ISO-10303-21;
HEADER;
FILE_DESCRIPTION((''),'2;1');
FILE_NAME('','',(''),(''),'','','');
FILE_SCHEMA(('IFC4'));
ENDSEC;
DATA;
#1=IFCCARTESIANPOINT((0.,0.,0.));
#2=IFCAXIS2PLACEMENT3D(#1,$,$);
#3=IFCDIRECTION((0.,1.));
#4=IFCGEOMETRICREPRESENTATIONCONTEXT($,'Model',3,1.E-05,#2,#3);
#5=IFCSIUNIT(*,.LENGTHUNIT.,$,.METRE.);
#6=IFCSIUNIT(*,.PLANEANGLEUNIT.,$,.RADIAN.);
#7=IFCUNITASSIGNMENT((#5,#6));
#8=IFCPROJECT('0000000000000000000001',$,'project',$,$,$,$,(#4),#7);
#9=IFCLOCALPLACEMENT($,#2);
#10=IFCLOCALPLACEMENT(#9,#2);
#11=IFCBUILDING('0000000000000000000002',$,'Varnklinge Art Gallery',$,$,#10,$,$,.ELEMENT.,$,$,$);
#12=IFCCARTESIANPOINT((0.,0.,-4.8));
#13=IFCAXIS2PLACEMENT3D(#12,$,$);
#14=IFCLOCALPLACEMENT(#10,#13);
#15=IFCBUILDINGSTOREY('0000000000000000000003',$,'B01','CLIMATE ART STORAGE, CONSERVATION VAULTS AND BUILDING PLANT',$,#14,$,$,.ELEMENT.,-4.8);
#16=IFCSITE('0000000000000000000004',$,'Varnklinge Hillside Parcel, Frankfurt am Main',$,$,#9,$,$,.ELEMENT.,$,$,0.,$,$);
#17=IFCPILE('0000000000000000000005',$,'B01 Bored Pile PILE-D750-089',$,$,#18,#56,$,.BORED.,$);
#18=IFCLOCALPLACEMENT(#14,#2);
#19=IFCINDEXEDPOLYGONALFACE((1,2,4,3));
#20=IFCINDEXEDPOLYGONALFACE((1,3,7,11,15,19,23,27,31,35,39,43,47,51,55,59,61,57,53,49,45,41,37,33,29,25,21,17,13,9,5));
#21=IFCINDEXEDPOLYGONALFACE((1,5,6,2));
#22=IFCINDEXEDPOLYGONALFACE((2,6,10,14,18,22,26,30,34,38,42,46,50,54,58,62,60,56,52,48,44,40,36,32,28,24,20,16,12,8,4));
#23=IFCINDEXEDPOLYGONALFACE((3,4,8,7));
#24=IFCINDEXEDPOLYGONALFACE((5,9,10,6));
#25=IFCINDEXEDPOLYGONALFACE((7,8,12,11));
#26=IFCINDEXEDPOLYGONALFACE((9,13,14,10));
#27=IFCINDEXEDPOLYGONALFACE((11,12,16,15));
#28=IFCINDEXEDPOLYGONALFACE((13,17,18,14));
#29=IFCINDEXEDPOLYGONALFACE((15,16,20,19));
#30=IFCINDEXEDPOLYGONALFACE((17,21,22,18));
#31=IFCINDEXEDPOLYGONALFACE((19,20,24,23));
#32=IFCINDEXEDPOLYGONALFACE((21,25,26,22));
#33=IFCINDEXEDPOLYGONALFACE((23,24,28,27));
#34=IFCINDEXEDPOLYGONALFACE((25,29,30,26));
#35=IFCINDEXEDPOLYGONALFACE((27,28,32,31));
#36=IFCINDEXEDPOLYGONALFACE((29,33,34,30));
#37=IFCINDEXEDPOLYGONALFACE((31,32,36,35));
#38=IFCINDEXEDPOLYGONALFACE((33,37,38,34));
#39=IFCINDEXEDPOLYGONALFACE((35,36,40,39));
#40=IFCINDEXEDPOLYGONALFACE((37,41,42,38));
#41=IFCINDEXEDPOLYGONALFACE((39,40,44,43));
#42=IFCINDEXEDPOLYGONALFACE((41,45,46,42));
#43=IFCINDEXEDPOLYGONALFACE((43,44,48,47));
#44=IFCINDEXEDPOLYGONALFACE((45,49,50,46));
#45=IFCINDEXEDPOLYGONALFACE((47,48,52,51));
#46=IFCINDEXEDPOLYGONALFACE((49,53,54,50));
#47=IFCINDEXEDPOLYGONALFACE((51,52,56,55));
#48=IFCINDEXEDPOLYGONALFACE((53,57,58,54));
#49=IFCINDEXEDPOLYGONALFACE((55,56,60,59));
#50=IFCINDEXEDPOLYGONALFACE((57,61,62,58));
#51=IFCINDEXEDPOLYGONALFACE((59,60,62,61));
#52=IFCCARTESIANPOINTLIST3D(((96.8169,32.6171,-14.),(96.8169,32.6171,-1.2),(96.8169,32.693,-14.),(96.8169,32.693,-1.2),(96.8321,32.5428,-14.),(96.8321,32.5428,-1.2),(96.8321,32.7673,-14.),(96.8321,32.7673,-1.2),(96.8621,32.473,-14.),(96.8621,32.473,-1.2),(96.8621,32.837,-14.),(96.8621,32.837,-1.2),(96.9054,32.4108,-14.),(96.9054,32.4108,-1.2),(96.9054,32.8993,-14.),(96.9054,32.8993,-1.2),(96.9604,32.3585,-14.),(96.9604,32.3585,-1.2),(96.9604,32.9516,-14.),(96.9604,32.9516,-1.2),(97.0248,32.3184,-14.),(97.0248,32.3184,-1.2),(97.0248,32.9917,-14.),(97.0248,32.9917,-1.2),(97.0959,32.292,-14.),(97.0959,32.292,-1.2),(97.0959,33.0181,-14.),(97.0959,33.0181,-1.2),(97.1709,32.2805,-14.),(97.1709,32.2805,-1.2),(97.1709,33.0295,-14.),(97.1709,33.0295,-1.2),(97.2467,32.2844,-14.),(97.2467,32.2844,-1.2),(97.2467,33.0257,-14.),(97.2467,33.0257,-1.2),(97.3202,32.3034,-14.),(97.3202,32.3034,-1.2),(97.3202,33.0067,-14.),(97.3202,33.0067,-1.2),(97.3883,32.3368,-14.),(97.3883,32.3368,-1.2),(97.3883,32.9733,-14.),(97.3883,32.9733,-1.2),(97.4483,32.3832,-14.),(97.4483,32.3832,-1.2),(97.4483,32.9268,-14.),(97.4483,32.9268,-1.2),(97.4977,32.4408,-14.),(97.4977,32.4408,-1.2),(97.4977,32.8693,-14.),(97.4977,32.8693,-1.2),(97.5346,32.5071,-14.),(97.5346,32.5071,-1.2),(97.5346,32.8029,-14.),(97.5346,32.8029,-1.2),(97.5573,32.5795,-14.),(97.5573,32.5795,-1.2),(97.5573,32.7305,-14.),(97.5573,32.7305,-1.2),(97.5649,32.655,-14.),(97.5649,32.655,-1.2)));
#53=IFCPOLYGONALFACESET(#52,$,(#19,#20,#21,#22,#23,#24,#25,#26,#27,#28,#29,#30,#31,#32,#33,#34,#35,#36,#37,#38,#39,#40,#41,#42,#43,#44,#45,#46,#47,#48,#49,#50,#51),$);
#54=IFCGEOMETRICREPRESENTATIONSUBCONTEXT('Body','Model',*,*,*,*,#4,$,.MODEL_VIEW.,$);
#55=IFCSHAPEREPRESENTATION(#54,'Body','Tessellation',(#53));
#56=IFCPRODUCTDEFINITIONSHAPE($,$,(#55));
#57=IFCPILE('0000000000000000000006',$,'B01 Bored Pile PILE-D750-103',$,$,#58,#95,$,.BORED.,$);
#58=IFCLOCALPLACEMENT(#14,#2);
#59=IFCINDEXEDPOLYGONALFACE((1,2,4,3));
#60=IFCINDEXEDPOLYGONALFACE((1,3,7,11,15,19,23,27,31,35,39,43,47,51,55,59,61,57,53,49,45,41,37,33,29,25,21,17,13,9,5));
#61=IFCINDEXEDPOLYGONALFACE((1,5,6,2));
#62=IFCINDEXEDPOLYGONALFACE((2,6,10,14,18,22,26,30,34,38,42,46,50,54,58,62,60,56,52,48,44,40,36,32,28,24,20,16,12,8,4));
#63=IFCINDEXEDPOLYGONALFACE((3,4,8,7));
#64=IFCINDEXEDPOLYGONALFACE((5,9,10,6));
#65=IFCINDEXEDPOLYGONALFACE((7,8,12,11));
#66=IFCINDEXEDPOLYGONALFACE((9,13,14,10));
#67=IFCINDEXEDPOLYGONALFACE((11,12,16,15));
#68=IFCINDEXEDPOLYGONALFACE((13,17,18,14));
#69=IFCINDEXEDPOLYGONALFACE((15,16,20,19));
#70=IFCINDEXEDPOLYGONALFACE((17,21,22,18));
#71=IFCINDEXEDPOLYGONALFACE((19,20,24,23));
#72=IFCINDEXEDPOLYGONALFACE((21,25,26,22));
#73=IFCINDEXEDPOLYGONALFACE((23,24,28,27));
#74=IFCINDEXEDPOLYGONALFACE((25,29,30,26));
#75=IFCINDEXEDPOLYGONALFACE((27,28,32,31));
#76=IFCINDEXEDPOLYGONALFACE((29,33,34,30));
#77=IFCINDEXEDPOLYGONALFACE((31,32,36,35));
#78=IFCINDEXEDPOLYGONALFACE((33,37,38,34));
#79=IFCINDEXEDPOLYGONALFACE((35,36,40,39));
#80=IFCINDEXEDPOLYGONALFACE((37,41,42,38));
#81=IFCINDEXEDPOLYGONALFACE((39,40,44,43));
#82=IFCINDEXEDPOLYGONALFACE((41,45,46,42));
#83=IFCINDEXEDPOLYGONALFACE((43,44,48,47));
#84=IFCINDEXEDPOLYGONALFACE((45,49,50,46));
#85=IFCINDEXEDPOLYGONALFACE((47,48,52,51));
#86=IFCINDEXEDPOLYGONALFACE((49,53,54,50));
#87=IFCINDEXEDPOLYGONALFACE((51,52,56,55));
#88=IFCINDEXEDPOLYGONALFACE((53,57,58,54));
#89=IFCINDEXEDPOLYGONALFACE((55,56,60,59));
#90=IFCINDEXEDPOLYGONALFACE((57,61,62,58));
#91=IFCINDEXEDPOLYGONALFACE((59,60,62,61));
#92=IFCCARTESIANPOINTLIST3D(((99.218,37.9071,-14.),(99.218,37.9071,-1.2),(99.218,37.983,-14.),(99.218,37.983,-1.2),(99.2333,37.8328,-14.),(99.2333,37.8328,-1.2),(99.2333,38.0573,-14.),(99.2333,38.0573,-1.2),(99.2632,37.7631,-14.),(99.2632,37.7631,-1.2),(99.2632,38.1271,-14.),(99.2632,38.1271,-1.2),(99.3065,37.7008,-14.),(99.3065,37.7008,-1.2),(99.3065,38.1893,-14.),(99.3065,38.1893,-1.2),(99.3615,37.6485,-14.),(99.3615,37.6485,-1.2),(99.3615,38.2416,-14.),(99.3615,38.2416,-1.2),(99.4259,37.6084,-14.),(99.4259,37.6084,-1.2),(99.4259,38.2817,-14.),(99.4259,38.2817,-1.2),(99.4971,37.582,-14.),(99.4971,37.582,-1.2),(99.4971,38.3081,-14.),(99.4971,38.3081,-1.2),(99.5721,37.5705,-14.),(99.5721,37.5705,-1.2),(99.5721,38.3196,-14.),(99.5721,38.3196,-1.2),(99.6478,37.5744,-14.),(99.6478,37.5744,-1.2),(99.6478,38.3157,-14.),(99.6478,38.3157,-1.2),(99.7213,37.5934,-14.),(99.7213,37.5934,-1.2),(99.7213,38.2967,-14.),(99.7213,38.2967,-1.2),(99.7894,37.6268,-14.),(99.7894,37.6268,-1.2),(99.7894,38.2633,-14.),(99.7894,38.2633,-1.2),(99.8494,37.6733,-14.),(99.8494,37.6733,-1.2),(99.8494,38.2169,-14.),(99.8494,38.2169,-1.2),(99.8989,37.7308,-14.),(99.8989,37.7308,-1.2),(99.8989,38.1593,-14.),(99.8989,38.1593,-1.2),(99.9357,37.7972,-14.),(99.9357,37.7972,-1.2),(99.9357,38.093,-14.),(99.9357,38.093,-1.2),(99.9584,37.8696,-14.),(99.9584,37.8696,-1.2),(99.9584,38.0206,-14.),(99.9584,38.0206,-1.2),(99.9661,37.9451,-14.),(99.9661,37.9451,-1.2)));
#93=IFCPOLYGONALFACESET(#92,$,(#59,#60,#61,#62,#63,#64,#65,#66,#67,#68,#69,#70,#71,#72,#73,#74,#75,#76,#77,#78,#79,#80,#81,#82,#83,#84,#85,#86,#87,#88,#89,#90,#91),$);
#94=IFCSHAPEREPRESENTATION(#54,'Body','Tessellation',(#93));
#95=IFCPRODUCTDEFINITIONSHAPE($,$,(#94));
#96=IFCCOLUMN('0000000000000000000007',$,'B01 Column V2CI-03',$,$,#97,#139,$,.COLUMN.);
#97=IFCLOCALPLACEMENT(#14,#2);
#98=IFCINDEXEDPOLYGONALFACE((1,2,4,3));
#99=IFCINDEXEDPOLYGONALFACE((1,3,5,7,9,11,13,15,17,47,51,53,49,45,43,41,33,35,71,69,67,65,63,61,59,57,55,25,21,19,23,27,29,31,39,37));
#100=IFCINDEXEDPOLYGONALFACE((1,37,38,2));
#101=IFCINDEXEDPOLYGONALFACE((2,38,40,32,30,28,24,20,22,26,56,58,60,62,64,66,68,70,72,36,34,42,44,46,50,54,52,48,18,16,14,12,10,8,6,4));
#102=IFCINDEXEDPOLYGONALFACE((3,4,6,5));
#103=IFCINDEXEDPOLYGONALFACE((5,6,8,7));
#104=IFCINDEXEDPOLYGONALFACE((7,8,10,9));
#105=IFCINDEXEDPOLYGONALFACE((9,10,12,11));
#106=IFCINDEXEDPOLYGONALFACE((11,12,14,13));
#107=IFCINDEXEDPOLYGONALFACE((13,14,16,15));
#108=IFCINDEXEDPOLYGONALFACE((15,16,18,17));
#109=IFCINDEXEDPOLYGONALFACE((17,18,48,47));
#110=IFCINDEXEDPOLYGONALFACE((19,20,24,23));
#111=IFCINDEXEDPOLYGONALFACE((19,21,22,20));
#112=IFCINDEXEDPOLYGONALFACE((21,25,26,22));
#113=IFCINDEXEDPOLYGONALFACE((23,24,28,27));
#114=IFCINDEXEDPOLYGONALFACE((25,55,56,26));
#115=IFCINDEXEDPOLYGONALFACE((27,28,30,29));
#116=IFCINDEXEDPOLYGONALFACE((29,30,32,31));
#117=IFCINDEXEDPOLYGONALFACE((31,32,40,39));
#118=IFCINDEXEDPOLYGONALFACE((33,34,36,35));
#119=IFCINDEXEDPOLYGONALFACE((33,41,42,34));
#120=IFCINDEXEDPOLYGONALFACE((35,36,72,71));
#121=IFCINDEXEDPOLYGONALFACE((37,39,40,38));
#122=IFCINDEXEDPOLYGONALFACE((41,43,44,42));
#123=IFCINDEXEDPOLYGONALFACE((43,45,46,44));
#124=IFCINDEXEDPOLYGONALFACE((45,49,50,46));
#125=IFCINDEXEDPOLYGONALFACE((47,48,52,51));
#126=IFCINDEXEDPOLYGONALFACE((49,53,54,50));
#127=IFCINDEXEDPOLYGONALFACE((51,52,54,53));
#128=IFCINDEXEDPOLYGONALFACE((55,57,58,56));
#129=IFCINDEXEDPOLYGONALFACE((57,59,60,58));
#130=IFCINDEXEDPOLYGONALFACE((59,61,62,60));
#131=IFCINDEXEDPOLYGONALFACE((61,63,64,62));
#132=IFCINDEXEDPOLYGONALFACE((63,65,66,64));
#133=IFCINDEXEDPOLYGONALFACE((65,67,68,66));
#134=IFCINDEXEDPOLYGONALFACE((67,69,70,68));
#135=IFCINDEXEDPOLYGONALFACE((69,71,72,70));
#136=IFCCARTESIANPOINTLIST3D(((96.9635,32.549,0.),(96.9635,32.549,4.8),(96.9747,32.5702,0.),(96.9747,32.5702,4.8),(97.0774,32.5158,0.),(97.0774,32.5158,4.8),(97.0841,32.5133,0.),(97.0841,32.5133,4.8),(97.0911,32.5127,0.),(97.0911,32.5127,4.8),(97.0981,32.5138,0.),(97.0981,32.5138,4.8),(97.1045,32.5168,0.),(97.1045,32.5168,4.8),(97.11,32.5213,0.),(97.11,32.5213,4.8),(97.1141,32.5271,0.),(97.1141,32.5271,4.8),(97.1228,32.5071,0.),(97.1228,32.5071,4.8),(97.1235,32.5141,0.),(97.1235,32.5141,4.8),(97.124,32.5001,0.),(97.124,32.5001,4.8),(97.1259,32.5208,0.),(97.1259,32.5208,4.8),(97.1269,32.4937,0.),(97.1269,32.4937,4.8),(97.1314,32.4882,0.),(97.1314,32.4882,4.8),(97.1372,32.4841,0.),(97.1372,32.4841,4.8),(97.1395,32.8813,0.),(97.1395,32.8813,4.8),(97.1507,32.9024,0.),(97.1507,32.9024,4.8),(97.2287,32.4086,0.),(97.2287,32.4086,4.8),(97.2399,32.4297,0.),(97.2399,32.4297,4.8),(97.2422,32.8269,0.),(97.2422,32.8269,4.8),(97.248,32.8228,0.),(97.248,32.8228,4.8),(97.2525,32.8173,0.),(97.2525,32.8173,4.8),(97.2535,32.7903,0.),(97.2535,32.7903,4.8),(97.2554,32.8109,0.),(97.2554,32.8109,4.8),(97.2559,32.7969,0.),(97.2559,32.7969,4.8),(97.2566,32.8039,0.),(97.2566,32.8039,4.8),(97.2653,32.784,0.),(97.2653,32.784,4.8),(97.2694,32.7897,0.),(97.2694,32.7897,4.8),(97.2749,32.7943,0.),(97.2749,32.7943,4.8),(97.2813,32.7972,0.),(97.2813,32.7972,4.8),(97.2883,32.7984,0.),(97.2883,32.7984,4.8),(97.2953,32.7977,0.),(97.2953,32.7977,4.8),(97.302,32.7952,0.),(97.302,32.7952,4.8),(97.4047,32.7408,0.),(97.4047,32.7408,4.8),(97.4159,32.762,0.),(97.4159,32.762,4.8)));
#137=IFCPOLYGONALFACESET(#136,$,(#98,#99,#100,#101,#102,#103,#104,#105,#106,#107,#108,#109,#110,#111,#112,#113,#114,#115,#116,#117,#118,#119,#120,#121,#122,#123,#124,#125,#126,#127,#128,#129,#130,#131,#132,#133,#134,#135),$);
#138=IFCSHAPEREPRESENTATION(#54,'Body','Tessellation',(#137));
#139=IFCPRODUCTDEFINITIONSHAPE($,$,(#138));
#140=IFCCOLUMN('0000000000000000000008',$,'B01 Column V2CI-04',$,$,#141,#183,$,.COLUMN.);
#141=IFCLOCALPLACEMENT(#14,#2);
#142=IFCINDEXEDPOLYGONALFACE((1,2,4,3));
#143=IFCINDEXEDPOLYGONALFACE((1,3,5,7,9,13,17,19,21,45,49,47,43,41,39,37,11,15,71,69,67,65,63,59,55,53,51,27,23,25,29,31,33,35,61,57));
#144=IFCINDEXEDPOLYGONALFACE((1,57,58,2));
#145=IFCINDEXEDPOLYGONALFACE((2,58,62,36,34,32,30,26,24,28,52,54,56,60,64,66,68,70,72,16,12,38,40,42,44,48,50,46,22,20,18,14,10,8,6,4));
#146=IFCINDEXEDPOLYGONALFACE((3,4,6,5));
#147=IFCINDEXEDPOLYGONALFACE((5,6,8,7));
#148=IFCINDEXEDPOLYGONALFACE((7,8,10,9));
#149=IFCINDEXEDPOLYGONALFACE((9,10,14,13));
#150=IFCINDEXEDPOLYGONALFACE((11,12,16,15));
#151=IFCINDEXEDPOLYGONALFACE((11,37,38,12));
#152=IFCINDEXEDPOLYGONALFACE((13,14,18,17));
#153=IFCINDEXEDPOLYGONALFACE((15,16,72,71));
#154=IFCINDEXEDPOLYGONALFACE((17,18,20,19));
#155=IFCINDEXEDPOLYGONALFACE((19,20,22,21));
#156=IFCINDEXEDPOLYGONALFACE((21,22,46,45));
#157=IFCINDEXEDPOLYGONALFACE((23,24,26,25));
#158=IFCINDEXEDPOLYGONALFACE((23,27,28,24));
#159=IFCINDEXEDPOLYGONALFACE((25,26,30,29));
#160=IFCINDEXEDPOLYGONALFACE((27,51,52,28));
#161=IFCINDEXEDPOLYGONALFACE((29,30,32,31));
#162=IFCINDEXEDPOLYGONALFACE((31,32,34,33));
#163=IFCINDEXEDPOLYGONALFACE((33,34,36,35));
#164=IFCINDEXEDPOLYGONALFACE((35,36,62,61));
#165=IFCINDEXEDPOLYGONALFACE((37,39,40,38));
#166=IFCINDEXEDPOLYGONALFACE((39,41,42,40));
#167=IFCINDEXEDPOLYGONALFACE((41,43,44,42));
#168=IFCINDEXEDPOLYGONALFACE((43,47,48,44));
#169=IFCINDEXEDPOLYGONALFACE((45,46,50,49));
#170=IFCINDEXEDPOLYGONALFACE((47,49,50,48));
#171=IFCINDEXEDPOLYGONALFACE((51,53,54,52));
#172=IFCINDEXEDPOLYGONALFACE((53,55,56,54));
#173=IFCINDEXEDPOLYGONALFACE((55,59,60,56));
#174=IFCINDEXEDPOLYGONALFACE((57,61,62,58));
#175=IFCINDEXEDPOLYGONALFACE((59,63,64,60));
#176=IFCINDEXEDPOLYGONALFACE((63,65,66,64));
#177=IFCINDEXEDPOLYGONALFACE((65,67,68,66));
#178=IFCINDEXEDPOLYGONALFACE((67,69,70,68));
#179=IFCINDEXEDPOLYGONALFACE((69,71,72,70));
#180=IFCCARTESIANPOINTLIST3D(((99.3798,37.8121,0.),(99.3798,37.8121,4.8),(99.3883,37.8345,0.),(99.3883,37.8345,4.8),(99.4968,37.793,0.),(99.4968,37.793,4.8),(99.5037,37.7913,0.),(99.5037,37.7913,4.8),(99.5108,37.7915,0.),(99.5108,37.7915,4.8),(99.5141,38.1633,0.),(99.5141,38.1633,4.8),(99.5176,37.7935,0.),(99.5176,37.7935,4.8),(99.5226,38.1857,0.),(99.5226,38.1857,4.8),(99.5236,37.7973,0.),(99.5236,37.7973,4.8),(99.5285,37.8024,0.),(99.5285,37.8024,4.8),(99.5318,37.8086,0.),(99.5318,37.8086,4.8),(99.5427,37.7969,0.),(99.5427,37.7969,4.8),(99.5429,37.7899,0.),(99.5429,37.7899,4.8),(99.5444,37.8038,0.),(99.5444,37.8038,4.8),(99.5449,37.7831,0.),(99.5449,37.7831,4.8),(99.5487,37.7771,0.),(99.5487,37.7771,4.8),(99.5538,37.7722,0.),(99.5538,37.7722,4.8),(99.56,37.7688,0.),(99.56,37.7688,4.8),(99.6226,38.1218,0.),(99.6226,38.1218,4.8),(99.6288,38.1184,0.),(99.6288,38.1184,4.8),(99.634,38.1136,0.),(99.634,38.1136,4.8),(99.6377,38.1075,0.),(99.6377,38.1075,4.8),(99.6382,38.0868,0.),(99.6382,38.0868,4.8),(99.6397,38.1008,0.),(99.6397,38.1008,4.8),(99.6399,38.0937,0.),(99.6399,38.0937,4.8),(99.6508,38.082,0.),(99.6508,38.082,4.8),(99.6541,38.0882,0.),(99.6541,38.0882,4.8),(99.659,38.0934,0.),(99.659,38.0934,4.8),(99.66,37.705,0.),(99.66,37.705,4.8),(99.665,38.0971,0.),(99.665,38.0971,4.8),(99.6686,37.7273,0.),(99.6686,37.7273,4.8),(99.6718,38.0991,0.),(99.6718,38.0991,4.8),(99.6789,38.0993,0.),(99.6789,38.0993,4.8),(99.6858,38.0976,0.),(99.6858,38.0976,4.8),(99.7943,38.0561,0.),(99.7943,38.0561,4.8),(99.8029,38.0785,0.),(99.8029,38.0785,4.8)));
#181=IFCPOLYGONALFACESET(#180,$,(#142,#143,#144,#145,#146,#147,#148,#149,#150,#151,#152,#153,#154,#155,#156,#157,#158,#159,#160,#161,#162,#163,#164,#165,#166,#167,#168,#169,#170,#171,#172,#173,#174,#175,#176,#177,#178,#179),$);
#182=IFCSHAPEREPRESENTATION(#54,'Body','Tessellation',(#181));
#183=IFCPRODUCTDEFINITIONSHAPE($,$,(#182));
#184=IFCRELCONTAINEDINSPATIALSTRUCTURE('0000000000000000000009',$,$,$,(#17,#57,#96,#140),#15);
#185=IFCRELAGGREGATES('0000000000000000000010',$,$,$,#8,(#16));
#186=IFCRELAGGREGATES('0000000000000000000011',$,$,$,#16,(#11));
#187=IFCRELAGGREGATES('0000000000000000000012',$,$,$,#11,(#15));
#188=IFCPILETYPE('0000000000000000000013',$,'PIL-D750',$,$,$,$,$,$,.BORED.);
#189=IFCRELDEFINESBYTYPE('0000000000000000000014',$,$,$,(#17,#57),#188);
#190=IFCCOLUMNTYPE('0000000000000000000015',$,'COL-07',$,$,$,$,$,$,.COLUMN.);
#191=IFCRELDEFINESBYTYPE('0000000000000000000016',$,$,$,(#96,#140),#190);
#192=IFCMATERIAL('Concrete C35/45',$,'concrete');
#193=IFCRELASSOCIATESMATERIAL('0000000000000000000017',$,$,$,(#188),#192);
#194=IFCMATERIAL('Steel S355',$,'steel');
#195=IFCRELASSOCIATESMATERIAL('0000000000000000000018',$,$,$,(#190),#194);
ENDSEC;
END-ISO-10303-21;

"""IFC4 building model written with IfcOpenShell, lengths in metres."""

from ifc_helpers import new_model, si_unit, direction, frame, origin, origin_2d, place, context, subcontext, project, spatial, circle, i_section, extrude, material, material_profile, profile_set, type_object, element, save


model = new_model("IFC4")

# Units and contexts
model_context = context("Model", 3, precision=1e-05, world=origin(), true_north=direction((0.0, 1.0)))
body_context = subcontext(model_context, "Body", "Model", "MODEL_VIEW")
ifc_project = project(units=[si_unit("LENGTHUNIT", "METRE"), si_unit("PLANEANGLEUNIT", "RADIAN")], contexts=[model_context])

# Site, building, storey
site_placement = place(None, origin())
site = spatial("IfcSite", under=ifc_project, at=site_placement, Name="Varnklinge Hillside Parcel, Frankfurt am Main", CompositionType="ELEMENT", RefElevation=0.0)
building_placement = place(site_placement, origin())
building = spatial("IfcBuilding", under=site, at=building_placement, Name="Varnklinge Art Gallery", CompositionType="ELEMENT")
storey_placement = place(building_placement, frame((0.0, 0.0, -4.8)))
storey = spatial("IfcBuildingStorey", under=building, at=storey_placement, Name="B01", Description="CLIMATE ART STORAGE, CONSERVATION VAULTS AND BUILDING PLANT", CompositionType="ELEMENT", Elevation=-4.8)

# Piles
ifc_material_1 = material(Name="Concrete C35/45", Category="concrete")
ifc_material_profile_1 = material_profile(ifc_material_1, circle(Radius=0.375, at=origin_2d()), Name="PILE D750")
ifc_profile_set_1 = profile_set([ifc_material_profile_1], Name="Concrete C35/45")
pile_type = type_object("IfcPileType", Name="PIL-D750", PredefinedType="BORED", material=ifc_profile_set_1)
for number, where, z_axis, x_axis, name in (
    (1, (97.1899, 32.655, -1.2), (0.0, 0.0, -1.0), (1.0, 0.0, 0.0), "B01 Bored Pile PILE-D750-089"),
    (2, (99.5911, 37.9451, -1.2), (0.0, 0.0, -1.0), (1.0, 0.0, 0.0), "B01 Bored Pile PILE-D750-103"),
):
    element("IfcPile", number, at=place(storey_placement, frame(where, z_axis=z_axis, x_axis=x_axis)), inside=storey, type_object=pile_type, Name=name, PredefinedType="BORED", context=body_context, shape_type="SweptSolid", body=[
        extrude(circle(Radius=0.375, at=origin_2d()), origin(), (0.0, 0.0, 1.0), 12.8),
    ])

# Columns
ifc_material_2 = material(Name="Steel S355", Category="steel")
ifc_material_profile_2 = material_profile(ifc_material_2, i_section(OverallWidth=0.3, OverallDepth=0.3999, WebThickness=0.0134, FlangeThickness=0.0239, FilletRadius=0.0271, at=origin_2d()), Name="HEB 400")
ifc_profile_set_2 = profile_set([ifc_material_profile_2], Name="Steel S355")
column_type_1 = type_object("IfcColumnType", Name="COL-07", PredefinedType="COLUMN", material=ifc_profile_set_2)
for number, where, z_axis, x_axis, name in (
    (3, (97.1897, 32.6555, 0.0), (0.0, 0.0, 1.0), (-0.883684, 0.468084, 0.0), "B01 Column V2CI-03"),
    (4, (99.5913, 37.9453, 0.0), (0.0, 0.0, 1.0), (-0.934018, 0.357227, 0.0), "B01 Column V2CI-04"),
):
    element("IfcColumn", number, at=place(storey_placement, frame(where, z_axis=z_axis, x_axis=x_axis)), inside=storey, type_object=column_type_1, Name=name, PredefinedType="COLUMN", context=body_context, shape_type="SweptSolid", body=[
        extrude(i_section(OverallWidth=0.3, OverallDepth=0.3999, WebThickness=0.0134, FlangeThickness=0.0239, FilletRadius=0.0271, at=origin_2d()), origin(), (0.0, 0.0, 1.0), 4.8),
    ])

save(model, "model.ifc")
